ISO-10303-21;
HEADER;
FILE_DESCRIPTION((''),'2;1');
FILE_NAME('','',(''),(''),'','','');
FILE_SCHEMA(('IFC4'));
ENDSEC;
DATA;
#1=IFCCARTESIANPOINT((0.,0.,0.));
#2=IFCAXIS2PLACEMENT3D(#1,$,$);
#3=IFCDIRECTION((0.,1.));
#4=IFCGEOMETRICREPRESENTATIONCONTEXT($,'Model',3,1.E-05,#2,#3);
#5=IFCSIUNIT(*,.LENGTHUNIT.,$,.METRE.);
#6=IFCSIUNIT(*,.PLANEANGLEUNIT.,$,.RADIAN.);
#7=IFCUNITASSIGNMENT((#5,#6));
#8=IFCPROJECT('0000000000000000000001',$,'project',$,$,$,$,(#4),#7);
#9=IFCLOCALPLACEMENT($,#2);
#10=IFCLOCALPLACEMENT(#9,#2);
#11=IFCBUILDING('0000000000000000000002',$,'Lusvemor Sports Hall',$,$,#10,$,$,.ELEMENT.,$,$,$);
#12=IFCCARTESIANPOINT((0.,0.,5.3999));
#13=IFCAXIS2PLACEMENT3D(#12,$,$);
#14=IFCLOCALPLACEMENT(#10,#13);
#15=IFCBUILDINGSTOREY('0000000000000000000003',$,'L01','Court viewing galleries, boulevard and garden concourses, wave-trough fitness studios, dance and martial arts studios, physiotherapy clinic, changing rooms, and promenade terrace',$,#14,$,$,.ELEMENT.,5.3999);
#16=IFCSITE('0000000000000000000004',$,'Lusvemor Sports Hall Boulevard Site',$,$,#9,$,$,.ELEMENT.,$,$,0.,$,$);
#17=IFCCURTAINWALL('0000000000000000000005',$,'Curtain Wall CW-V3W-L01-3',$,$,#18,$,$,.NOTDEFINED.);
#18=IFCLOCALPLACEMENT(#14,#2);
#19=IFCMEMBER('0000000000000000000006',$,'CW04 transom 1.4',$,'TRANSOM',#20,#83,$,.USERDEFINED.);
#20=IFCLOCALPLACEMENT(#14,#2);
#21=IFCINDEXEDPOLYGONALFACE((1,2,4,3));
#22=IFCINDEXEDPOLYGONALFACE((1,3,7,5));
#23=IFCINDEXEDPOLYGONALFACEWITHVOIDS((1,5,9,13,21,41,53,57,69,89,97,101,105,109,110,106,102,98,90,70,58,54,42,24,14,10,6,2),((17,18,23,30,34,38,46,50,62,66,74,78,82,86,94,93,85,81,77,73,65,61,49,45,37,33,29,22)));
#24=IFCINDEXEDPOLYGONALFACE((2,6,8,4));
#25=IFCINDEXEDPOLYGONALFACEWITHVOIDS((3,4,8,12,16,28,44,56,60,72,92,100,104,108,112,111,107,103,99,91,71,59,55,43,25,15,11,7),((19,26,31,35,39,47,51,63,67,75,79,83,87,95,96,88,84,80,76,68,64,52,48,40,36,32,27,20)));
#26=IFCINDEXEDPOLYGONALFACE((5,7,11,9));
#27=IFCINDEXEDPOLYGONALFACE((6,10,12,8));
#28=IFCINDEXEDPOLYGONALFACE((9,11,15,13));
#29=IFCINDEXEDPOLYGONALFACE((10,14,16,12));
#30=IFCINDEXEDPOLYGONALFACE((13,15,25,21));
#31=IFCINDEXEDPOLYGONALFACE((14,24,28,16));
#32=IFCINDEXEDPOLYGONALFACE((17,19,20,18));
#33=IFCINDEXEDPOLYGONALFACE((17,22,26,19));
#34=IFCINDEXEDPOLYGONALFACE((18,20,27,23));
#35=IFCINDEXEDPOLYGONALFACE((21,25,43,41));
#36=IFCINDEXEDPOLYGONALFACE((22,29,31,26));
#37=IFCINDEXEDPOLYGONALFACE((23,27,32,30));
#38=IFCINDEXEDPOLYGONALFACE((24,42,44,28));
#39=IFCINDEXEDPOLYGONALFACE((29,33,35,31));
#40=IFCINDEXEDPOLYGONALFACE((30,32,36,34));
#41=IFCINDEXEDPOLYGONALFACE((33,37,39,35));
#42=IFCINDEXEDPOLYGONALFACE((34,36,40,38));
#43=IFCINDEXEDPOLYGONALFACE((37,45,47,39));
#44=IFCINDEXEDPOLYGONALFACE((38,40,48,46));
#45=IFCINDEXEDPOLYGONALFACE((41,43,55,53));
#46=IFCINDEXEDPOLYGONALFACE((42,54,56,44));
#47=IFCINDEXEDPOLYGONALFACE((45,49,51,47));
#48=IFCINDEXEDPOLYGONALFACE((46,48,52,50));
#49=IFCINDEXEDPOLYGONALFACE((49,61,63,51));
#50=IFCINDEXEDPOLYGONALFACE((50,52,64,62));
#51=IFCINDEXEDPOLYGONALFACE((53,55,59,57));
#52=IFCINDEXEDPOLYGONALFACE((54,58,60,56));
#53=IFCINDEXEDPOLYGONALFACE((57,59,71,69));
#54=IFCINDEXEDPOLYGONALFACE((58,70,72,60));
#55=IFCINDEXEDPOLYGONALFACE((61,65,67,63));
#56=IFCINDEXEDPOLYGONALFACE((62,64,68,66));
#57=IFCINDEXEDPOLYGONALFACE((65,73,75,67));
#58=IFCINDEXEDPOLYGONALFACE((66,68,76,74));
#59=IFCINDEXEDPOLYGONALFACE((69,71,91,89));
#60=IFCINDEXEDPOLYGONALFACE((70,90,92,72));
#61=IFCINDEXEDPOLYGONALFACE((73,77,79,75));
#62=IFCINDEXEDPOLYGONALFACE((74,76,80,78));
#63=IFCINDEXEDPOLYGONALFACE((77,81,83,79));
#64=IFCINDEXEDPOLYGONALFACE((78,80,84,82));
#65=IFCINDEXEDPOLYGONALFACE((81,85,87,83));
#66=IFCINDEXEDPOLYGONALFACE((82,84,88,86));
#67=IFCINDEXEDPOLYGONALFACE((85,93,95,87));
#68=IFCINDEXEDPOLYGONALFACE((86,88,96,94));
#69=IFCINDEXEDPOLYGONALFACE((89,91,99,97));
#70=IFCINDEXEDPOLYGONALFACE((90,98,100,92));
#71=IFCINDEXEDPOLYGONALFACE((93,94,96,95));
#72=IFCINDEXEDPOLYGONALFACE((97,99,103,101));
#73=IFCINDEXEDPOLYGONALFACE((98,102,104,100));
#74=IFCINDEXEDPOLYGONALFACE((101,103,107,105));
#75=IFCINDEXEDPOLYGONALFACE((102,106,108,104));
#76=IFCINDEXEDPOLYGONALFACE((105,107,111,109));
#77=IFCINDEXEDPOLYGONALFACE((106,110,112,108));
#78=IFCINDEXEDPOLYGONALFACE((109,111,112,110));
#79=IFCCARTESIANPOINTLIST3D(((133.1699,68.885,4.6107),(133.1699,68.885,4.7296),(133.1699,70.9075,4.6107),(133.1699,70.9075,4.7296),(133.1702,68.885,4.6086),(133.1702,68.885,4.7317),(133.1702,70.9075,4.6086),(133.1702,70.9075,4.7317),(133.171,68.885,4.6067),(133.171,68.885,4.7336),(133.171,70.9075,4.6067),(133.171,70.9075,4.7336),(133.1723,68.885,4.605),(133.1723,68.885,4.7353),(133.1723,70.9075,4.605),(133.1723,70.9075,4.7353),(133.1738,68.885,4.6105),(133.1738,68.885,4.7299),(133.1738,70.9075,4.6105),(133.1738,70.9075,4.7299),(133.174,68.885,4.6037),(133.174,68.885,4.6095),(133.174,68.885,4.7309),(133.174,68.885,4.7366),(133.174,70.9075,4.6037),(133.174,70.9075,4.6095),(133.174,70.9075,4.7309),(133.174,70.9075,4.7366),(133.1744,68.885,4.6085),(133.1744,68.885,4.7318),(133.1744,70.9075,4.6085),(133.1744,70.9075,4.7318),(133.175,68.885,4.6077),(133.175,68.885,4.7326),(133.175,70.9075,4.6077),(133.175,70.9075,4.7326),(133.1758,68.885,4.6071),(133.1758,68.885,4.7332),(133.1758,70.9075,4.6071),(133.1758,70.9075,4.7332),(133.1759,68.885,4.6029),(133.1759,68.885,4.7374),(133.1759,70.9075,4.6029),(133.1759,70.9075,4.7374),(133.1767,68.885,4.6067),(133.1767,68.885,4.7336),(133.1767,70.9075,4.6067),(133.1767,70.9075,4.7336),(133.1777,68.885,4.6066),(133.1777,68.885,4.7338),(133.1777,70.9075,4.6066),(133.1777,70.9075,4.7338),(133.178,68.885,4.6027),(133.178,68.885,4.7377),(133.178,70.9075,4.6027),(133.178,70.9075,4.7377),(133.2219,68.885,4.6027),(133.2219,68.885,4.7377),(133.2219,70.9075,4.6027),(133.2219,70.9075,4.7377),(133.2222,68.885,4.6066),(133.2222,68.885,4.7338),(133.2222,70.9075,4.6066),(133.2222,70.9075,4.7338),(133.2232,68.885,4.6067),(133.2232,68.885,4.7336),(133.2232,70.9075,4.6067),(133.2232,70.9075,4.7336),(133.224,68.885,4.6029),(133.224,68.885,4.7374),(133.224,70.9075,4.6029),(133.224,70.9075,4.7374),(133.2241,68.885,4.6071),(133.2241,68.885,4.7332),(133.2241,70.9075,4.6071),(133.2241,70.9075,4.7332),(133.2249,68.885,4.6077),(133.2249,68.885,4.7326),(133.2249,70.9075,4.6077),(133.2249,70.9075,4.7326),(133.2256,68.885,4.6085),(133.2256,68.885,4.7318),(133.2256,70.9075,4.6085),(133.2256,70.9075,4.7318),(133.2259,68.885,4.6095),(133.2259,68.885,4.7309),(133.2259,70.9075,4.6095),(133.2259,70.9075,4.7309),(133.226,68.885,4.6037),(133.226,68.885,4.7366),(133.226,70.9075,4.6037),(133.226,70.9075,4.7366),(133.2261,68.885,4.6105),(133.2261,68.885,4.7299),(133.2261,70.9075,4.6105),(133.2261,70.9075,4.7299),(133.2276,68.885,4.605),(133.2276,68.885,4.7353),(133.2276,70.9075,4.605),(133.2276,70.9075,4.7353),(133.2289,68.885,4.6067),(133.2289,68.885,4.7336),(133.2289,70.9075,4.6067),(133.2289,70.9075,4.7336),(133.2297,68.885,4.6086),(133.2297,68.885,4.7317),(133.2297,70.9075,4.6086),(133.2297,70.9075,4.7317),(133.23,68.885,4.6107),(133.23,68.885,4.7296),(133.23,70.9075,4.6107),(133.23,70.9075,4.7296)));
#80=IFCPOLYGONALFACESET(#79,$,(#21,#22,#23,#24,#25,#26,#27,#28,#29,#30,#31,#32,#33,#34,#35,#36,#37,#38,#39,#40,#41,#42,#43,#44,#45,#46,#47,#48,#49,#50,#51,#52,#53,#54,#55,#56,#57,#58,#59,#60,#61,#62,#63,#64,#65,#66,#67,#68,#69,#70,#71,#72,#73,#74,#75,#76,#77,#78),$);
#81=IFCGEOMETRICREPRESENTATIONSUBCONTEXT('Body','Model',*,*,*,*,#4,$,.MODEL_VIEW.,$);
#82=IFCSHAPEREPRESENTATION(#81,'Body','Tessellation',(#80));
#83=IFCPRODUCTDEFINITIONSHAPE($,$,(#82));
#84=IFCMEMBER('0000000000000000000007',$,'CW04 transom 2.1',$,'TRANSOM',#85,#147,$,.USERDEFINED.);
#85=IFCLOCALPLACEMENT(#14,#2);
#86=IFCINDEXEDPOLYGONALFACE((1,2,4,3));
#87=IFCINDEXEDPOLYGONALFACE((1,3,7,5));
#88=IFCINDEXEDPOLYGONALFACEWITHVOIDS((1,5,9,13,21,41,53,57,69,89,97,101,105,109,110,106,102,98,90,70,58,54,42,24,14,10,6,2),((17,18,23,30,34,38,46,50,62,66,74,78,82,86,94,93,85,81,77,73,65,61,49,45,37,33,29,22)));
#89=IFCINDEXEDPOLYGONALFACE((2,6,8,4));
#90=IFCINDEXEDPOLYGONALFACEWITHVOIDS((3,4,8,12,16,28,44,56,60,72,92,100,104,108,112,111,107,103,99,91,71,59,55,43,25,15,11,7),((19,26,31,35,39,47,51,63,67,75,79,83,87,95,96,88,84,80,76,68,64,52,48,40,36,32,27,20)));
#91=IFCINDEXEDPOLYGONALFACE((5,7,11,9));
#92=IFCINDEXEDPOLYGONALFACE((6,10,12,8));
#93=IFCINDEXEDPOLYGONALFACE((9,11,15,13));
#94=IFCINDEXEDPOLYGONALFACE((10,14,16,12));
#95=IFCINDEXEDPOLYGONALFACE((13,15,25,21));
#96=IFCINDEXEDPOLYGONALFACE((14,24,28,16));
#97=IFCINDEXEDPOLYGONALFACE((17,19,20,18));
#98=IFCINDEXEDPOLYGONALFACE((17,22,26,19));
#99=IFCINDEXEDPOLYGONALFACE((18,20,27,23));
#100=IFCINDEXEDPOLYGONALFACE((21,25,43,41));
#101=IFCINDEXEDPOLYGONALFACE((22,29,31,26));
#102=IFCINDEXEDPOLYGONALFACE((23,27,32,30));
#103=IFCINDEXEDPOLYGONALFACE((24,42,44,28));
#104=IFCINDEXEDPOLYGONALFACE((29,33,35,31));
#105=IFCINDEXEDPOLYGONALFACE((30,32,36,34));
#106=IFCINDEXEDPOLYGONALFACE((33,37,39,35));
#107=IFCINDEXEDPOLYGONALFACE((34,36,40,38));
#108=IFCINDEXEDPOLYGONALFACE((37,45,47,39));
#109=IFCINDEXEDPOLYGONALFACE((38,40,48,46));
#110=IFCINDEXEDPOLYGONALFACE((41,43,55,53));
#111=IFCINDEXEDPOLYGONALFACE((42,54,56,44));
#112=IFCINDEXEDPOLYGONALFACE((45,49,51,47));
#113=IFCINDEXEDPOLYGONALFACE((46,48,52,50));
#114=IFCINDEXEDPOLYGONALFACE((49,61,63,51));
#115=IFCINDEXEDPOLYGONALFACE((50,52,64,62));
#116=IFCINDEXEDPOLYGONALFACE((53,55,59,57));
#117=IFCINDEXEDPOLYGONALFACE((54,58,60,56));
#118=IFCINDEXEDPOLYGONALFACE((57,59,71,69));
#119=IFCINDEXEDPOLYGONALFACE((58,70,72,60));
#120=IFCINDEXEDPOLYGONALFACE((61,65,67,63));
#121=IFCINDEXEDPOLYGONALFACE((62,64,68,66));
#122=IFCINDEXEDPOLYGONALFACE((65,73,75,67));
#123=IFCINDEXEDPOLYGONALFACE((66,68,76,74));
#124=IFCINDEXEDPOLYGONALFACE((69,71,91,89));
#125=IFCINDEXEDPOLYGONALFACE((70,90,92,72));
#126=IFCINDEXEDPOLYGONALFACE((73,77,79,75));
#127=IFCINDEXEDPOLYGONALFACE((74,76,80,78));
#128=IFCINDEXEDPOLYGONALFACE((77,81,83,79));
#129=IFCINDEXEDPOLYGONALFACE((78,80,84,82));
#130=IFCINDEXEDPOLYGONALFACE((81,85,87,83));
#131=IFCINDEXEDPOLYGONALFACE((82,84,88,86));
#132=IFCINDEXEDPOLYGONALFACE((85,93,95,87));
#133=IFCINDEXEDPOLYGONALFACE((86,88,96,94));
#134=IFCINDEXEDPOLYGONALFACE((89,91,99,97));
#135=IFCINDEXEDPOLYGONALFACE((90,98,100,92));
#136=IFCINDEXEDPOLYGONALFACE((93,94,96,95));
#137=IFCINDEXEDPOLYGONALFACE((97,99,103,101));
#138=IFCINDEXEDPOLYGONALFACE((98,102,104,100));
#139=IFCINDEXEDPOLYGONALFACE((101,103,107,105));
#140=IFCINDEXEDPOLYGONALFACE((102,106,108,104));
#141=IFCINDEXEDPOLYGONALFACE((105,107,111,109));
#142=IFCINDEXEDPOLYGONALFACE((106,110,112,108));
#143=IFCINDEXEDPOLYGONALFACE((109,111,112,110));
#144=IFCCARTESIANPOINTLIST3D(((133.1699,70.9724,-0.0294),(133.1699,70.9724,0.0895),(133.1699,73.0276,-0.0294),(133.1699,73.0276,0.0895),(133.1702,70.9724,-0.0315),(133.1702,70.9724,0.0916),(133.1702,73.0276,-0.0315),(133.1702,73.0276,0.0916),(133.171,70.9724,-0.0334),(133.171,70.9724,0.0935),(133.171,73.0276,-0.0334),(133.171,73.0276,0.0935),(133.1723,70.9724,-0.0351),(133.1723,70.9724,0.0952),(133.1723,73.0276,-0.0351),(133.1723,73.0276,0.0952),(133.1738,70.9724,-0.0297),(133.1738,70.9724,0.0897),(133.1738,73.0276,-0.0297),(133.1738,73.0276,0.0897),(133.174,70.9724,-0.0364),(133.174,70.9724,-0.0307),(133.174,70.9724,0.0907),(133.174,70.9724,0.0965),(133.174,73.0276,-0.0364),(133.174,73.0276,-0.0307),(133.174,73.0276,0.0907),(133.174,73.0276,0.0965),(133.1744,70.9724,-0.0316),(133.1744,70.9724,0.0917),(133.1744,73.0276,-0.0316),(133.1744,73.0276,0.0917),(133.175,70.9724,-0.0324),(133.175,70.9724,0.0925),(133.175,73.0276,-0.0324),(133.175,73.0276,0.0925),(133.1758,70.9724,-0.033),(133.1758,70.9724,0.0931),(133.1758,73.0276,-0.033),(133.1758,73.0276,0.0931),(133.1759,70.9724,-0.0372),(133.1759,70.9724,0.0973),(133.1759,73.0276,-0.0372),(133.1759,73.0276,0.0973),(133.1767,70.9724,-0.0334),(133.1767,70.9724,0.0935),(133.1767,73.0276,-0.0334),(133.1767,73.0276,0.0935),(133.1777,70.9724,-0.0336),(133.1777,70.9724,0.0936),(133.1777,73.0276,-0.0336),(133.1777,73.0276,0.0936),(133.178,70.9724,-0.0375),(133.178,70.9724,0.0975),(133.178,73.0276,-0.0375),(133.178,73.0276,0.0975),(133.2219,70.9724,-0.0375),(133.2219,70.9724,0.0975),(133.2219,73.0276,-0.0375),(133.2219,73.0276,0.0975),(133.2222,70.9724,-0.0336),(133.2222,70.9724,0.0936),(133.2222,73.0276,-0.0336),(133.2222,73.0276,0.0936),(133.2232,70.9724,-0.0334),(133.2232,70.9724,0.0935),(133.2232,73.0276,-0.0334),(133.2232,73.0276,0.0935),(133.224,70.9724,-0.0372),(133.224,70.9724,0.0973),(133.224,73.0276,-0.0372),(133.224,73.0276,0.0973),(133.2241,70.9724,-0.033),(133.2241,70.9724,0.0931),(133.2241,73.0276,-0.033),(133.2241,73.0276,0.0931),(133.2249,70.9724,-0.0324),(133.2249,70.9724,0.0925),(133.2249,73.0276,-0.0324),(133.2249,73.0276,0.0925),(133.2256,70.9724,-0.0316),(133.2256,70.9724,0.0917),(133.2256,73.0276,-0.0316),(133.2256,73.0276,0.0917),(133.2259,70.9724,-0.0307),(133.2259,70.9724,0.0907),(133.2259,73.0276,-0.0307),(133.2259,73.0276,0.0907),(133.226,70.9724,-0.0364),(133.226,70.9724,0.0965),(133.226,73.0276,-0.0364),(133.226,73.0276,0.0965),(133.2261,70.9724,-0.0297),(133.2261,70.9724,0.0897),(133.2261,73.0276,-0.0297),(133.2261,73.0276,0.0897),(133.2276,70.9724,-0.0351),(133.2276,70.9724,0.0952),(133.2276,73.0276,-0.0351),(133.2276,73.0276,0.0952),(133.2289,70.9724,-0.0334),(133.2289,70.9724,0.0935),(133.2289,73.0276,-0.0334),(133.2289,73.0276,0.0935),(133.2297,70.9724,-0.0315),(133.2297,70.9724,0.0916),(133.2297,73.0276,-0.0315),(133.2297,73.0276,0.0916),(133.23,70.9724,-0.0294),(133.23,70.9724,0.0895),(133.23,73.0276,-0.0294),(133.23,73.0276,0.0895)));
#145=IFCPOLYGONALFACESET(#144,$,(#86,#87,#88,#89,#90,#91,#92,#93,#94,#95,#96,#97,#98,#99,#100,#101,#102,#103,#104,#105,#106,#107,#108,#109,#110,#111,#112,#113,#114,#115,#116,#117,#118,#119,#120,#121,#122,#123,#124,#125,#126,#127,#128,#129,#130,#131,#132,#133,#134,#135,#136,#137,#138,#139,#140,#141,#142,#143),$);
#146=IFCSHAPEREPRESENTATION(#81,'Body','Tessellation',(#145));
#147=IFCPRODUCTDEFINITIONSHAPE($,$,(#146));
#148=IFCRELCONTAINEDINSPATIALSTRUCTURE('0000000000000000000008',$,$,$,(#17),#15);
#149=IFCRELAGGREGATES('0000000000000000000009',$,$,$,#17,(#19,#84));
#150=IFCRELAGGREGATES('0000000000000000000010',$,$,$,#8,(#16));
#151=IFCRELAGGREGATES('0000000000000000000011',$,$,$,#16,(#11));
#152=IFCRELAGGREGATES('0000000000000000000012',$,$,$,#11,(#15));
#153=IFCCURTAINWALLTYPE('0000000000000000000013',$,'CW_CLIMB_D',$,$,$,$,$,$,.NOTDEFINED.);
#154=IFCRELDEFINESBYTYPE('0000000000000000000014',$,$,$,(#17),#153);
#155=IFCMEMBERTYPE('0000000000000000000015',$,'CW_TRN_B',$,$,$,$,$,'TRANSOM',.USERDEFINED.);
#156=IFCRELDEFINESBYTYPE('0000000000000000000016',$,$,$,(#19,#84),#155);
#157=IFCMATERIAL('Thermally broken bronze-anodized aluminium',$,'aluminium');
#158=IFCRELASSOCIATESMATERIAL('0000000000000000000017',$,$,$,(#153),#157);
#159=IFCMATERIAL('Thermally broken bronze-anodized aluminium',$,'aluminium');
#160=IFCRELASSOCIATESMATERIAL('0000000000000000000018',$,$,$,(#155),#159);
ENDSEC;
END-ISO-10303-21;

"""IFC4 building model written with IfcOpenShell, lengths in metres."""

from ifc_helpers import new_model, si_unit, direction, frame, origin, origin_2d, place, context, subcontext, project, spatial, hollow_rectangle, extrude, material, material_profile, profile_set, type_object, element, aggregate, save


model = new_model("IFC4")

# Units and contexts
model_context = context("Model", 3, precision=1e-05, world=origin(), true_north=direction((0.0, 1.0)))
body_context = subcontext(model_context, "Body", "Model", "MODEL_VIEW")
ifc_project = project(units=[si_unit("LENGTHUNIT", "METRE"), si_unit("PLANEANGLEUNIT", "RADIAN")], contexts=[model_context])

# Site, building, storey
site_placement = place(None, origin())
site = spatial("IfcSite", under=ifc_project, at=site_placement, Name="Lusvemor Sports Hall Boulevard Site", CompositionType="ELEMENT", RefElevation=0.0)
building_placement = place(site_placement, origin())
building = spatial("IfcBuilding", under=site, at=building_placement, Name="Lusvemor Sports Hall", CompositionType="ELEMENT")
storey_placement = place(building_placement, frame((0.0, 0.0, 5.3999)))
storey = spatial("IfcBuildingStorey", under=building, at=storey_placement, Name="L01", Description="Court viewing galleries, boulevard and garden concourses, wave-trough fitness studios, dance and martial arts studios, physiotherapy clinic, changing rooms, and promenade terrace", CompositionType="ELEMENT", Elevation=5.3999)

# Shared definitions
ifc_material_1 = material(Name="Thermally broken bronze-anodized aluminium", Category="aluminium")
curtain_wall_type = type_object("IfcCurtainWallType", Name="CW_CLIMB_D", PredefinedType="NOTDEFINED", material=ifc_material_1)

# Curtain wall
curtain_wall_1_placement = place(storey_placement, origin())
curtain_wall_1 = element("IfcCurtainWall", 1, at=curtain_wall_1_placement, inside=storey, type_object=curtain_wall_type, Name="Curtain Wall CW-V3W-L01-3", PredefinedType="NOTDEFINED")

# Members
ifc_material_2 = material(Name="Thermally broken bronze-anodized aluminium", Category="aluminium")
ifc_material_profile_1 = material_profile(ifc_material_2, hollow_rectangle(XDim=0.0601, YDim=0.135, WallThickness=0.0039, InnerFilletRadius=0.0039, OuterFilletRadius=0.0081, at=origin_2d()), Name="CWTRN135x60x4")
ifc_profile_set_1 = profile_set([ifc_material_profile_1], Name="Thermally broken bronze-anodized aluminium")
member_type_1 = type_object("IfcMemberType", Name="CW_TRN_B", ElementType="TRANSOM", PredefinedType="USERDEFINED", material=ifc_profile_set_1)
member_1_placement = place(storey_placement, frame((133.2, 68.885, 4.6702), z_axis=(0.0, 1.0, 0.0), x_axis=(-1.0, 0.0, 0.0)))
member_1 = element("IfcMember", 2, at=member_1_placement, type_object=member_type_1, Name="CW04 transom 1.4", ObjectType="TRANSOM", PredefinedType="USERDEFINED", context=body_context, shape_type="SweptSolid", body=[
    extrude(hollow_rectangle(XDim=0.0601, YDim=0.135, WallThickness=0.0039, InnerFilletRadius=0.0039, OuterFilletRadius=0.0081, at=origin_2d()), origin(), (0.0, 0.0, 1.0), 2.0225),
])
member_2_placement = place(storey_placement, frame((133.2, 70.9724, 0.03), z_axis=(0.0, 1.0, 0.0), x_axis=(-1.0, 0.0, 0.0)))
member_2 = element("IfcMember", 3, at=member_2_placement, type_object=member_type_1, Name="CW04 transom 2.1", ObjectType="TRANSOM", PredefinedType="USERDEFINED", context=body_context, shape_type="SweptSolid", body=[
    extrude(hollow_rectangle(XDim=0.0601, YDim=0.135, WallThickness=0.0039, InnerFilletRadius=0.0039, OuterFilletRadius=0.0081, at=origin_2d()), origin(), (0.0, 0.0, 1.0), 2.0552),
])

aggregate(curtain_wall_1, [member_1, member_2])

save(model, "model.ifc")
